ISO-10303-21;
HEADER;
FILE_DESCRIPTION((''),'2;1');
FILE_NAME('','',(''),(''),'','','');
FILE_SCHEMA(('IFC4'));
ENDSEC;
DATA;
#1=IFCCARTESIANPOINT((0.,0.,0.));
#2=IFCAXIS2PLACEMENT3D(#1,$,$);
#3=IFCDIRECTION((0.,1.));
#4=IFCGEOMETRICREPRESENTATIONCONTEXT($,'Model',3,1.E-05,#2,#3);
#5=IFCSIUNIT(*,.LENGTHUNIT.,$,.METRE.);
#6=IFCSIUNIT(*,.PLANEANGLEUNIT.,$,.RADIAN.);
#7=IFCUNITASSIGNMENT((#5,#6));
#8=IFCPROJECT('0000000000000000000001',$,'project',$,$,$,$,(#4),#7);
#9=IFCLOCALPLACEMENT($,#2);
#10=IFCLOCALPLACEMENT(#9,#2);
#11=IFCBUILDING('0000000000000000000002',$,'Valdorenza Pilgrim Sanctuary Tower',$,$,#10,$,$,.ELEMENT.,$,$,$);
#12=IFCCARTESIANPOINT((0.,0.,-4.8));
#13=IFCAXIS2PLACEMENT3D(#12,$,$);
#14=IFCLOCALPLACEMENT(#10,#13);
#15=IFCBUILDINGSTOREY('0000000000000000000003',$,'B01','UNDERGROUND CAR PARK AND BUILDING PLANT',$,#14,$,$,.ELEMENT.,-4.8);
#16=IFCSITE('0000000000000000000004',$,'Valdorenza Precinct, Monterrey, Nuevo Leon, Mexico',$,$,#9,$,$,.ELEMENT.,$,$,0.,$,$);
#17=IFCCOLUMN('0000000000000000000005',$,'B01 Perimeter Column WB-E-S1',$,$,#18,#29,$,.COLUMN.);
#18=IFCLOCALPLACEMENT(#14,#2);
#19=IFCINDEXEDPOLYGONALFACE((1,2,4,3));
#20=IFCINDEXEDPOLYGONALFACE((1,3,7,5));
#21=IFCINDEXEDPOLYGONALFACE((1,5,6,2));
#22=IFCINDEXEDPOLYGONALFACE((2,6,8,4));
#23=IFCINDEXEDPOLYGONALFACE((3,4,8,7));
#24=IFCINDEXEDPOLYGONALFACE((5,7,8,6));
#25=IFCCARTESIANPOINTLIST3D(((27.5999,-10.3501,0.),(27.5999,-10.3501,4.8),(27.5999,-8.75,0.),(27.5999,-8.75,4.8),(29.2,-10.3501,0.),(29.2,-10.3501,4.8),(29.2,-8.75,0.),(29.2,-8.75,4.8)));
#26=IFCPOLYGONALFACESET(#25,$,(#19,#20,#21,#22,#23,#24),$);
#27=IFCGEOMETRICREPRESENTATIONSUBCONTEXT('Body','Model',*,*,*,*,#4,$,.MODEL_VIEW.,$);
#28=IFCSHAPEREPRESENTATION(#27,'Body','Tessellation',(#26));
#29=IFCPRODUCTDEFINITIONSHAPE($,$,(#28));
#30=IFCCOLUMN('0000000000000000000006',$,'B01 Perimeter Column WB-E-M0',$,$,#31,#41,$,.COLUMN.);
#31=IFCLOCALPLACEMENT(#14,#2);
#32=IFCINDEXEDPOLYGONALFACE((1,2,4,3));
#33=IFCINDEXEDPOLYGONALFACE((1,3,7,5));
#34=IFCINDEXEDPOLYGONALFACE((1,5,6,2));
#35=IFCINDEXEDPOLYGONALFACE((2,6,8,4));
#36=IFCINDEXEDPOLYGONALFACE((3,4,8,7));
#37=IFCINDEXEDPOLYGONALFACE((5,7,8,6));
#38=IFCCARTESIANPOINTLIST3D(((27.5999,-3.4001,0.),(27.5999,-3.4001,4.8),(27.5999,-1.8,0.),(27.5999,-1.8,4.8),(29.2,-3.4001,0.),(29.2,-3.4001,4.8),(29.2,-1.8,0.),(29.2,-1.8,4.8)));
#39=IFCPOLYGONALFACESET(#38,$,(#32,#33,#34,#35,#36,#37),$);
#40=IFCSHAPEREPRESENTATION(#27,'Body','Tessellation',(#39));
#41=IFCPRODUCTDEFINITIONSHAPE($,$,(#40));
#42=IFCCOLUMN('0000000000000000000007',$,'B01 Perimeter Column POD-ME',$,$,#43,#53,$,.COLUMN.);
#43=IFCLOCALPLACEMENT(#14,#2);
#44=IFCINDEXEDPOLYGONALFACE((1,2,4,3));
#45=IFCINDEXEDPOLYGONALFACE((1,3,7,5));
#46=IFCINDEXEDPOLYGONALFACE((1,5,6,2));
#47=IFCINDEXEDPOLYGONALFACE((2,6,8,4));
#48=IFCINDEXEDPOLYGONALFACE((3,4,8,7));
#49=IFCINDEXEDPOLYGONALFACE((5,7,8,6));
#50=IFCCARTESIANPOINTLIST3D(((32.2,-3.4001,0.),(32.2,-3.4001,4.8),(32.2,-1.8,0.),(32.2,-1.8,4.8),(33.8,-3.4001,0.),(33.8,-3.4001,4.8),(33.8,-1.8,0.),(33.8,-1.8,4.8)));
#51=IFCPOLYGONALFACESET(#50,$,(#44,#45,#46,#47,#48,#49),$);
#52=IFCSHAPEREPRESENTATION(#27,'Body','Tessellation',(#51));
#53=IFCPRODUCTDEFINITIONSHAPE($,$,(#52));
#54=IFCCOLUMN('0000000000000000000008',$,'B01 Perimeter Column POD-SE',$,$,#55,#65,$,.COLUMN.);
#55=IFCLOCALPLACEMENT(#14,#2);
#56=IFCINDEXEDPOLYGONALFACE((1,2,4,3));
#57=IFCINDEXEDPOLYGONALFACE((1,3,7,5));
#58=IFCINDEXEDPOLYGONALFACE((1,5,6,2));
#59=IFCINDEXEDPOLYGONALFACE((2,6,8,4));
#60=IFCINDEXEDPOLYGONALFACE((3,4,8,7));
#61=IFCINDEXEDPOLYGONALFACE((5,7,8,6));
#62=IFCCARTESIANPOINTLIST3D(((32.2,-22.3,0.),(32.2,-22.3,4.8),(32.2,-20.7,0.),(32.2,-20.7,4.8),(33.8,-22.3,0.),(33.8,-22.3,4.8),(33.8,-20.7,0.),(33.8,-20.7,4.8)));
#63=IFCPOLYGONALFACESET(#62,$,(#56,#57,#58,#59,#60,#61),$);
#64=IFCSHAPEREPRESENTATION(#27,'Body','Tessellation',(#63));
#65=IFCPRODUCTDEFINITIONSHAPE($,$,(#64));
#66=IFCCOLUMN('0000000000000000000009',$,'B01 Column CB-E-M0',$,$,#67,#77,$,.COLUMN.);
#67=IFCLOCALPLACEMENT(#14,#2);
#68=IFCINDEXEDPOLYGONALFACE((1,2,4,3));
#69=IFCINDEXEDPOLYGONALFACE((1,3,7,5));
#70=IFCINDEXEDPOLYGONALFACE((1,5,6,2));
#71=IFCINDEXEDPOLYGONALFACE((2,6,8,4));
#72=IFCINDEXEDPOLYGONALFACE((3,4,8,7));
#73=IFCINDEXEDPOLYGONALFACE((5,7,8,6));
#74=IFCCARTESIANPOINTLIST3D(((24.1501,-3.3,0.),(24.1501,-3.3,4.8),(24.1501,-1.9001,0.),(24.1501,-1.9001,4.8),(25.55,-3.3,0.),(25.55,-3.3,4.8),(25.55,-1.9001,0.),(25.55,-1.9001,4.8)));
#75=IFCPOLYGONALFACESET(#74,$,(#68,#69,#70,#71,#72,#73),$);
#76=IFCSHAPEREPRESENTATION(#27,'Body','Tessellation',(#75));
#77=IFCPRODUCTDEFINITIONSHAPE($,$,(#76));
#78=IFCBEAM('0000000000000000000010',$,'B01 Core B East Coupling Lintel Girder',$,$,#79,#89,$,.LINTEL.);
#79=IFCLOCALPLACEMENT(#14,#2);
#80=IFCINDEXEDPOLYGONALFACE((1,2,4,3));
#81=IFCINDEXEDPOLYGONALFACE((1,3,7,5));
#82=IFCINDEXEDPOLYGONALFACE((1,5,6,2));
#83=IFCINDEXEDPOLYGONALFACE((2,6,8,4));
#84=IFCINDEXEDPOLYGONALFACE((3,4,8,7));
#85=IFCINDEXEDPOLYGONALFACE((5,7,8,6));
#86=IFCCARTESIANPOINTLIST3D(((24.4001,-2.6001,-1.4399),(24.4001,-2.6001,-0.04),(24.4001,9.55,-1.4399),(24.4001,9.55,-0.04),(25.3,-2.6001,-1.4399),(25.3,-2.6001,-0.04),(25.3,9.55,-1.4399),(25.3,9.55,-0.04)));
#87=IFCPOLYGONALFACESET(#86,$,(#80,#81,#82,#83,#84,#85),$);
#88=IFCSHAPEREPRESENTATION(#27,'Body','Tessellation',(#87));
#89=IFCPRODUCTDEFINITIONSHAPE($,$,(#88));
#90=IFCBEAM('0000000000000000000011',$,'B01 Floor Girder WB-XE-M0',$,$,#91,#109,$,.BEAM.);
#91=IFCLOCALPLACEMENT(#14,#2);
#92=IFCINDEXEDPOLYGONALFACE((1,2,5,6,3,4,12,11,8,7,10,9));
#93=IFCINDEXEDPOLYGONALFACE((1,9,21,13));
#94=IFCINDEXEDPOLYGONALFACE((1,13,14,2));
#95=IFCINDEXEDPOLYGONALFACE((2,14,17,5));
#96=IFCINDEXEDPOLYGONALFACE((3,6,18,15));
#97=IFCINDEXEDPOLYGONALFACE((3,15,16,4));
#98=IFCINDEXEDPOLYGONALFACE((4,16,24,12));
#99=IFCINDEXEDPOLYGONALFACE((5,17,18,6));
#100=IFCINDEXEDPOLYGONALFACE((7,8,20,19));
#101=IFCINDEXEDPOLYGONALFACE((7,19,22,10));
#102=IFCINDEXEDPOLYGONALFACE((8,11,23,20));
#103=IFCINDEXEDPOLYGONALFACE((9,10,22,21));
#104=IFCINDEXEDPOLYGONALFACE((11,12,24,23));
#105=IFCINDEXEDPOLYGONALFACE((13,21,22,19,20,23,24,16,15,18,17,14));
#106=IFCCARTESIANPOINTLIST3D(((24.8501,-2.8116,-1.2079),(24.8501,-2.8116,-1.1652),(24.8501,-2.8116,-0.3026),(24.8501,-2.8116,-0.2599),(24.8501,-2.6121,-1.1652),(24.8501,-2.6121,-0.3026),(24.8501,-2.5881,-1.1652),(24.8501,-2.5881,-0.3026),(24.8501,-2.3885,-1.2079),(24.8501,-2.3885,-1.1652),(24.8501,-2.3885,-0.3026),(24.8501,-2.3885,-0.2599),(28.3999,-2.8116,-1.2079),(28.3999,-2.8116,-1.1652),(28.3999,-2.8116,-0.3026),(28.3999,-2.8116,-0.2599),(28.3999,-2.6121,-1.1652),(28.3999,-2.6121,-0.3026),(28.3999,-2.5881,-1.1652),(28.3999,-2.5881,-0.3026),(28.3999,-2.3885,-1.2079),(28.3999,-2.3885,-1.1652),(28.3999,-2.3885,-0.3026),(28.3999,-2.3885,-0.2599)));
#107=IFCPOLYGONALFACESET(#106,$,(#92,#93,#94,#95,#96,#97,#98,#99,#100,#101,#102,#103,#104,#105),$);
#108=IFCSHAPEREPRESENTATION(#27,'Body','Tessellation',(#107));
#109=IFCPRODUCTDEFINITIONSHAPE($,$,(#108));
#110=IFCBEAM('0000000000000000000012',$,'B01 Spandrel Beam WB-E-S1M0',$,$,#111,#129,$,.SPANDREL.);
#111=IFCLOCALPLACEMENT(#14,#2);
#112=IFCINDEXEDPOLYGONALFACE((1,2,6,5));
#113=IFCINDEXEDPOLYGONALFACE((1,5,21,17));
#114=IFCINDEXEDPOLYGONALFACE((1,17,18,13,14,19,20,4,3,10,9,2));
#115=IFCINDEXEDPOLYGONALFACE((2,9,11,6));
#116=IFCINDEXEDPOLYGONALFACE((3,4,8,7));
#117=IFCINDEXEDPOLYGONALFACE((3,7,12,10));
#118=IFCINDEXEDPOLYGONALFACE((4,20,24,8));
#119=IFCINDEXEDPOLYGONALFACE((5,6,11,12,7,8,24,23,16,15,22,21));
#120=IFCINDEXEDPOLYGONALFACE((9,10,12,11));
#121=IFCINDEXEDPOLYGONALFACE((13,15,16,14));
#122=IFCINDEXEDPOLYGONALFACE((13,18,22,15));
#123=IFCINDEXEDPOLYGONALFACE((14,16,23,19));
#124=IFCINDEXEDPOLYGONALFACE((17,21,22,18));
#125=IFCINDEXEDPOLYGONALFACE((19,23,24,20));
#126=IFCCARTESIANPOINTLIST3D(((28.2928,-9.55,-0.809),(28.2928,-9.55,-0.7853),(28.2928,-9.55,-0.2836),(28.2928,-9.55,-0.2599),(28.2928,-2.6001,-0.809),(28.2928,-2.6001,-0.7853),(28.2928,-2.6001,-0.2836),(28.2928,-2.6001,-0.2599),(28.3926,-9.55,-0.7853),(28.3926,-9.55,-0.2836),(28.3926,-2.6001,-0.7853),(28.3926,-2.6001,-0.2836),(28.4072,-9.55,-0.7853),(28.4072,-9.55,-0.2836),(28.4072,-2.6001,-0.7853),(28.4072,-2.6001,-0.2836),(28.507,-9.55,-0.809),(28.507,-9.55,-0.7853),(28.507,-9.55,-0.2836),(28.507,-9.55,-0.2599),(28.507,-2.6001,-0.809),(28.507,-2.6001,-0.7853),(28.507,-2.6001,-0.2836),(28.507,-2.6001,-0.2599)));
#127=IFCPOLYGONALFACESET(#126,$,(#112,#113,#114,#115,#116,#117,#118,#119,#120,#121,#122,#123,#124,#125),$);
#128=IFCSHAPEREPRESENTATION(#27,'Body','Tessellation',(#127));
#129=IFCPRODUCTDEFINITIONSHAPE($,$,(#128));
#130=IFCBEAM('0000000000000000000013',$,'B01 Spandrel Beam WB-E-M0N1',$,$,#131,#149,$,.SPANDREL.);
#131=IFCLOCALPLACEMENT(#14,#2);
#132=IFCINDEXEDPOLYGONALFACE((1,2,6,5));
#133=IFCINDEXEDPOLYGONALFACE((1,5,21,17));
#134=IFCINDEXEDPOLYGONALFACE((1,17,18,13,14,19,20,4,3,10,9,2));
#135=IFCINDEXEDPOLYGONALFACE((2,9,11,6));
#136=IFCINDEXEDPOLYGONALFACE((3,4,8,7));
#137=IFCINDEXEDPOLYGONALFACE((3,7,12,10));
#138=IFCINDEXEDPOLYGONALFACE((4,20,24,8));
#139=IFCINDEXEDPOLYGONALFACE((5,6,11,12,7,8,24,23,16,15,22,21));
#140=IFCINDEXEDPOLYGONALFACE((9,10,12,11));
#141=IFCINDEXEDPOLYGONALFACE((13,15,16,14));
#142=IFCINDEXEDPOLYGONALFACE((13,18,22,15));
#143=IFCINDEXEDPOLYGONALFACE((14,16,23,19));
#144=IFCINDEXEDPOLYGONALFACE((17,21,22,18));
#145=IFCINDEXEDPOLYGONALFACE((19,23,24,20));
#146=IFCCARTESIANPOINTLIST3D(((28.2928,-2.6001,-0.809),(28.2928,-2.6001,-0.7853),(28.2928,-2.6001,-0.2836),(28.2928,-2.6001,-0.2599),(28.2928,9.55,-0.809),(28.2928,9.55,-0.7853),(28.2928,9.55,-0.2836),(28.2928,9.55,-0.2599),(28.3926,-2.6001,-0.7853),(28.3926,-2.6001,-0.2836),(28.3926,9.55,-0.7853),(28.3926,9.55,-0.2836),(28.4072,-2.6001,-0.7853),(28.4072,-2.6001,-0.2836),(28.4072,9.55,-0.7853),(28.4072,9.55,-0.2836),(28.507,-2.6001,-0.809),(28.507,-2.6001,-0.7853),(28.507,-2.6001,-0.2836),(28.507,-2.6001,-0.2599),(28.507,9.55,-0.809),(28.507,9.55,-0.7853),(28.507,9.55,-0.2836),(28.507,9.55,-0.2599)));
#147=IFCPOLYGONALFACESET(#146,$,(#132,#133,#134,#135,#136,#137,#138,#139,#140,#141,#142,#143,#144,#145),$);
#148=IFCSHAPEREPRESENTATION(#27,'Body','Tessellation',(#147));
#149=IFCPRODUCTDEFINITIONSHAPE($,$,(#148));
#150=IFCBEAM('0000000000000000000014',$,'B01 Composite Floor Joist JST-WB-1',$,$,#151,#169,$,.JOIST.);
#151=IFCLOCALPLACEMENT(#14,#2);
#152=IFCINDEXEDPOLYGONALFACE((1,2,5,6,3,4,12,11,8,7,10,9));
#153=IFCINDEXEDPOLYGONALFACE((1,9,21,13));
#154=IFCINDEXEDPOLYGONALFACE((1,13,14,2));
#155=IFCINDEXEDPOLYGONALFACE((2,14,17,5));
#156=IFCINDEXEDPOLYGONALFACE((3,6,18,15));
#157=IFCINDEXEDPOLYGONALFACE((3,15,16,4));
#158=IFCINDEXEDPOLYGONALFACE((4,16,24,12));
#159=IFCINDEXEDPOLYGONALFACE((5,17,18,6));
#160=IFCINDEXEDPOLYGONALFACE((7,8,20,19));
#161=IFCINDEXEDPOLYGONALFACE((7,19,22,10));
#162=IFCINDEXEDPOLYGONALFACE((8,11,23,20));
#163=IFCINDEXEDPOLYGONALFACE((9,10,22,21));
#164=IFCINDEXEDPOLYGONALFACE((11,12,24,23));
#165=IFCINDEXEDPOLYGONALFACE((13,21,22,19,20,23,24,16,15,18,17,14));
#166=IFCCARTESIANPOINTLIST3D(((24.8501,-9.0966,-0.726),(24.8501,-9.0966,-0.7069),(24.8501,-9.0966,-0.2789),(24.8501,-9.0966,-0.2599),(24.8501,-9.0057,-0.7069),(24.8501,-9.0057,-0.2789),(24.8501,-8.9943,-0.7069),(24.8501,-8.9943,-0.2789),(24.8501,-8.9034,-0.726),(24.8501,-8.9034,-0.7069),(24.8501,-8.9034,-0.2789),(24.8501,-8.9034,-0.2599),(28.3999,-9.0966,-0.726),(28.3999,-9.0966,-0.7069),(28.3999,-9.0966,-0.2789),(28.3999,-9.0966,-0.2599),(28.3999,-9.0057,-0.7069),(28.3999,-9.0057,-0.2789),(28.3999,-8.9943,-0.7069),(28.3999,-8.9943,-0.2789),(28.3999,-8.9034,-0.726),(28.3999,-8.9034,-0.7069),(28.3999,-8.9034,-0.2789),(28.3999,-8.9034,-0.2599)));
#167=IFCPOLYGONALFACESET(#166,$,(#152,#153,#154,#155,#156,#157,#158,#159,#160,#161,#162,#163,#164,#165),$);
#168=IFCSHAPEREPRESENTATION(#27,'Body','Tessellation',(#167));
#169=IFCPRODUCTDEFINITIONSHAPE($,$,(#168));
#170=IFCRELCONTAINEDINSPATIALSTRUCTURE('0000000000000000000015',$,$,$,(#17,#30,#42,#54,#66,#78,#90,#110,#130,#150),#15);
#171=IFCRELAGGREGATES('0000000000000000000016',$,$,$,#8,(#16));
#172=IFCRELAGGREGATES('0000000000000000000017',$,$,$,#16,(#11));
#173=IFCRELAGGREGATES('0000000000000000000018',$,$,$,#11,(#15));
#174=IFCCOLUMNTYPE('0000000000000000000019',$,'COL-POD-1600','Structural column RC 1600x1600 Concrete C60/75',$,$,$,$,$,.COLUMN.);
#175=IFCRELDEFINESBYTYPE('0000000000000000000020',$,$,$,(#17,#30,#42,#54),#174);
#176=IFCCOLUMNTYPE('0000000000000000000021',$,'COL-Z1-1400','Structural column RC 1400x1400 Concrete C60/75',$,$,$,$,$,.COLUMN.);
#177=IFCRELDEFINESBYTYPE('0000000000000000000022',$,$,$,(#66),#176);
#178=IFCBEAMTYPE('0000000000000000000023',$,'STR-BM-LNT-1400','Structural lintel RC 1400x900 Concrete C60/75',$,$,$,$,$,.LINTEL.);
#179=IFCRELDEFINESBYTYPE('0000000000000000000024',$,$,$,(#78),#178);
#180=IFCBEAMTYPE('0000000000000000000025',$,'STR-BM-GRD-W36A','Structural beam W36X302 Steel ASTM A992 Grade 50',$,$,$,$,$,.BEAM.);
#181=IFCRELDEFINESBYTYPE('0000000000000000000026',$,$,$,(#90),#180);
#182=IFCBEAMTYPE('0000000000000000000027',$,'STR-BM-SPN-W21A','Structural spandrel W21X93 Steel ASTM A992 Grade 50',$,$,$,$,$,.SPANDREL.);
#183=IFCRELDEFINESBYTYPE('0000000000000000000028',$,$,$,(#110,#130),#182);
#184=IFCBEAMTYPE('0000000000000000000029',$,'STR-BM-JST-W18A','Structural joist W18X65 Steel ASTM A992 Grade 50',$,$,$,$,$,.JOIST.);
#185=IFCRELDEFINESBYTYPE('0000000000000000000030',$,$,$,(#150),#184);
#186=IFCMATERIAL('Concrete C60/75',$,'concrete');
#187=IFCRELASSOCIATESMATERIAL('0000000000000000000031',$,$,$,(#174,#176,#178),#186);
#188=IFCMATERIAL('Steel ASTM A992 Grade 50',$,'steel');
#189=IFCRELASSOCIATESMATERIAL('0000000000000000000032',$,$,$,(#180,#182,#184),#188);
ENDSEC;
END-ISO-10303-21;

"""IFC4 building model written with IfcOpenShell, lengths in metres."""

from ifc_helpers import new_model, si_unit, direction, frame, origin, origin_2d, place, context, subcontext, project, spatial, rectangle, i_section, extrude, source, transform, mapped, material, material_profile, profile_set, type_object, element, save


model = new_model("IFC4")

# Units and contexts
model_context = context("Model", 3, precision=1e-05, world=origin(), true_north=direction((0.0, 1.0)))
body_context = subcontext(model_context, "Body", "Model", "MODEL_VIEW")
ifc_project = project(units=[si_unit("LENGTHUNIT", "METRE"), si_unit("PLANEANGLEUNIT", "RADIAN")], contexts=[model_context])

# Site, building, storey
site_placement = place(None, origin())
site = spatial("IfcSite", under=ifc_project, at=site_placement, Name="Valdorenza Precinct, Monterrey, Nuevo Leon, Mexico", CompositionType="ELEMENT", RefElevation=0.0)
building_placement = place(site_placement, origin())
building = spatial("IfcBuilding", under=site, at=building_placement, Name="Valdorenza Pilgrim Sanctuary Tower", CompositionType="ELEMENT")
storey_placement = place(building_placement, frame((0.0, 0.0, -4.8)))
storey = spatial("IfcBuildingStorey", under=building, at=storey_placement, Name="B01", Description="UNDERGROUND CAR PARK AND BUILDING PLANT", CompositionType="ELEMENT", Elevation=-4.8)

# Columns
ifc_material_1 = material(Name="Concrete C60/75", Category="concrete")
ifc_material_profile_1 = material_profile(ifc_material_1, rectangle(XDim=1.6001, YDim=1.6001, at=origin_2d()), Name="RC 1600x1600")
ifc_profile_set_1 = profile_set([ifc_material_profile_1], Name="Concrete C60/75")
column_type_1 = type_object("IfcColumnType", Name="COL-POD-1600", Description="Structural column RC 1600x1600 Concrete C60/75", PredefinedType="COLUMN", material=ifc_profile_set_1)
shared_shape_1 = source(origin(), body_context, "Body", "SweptSolid", [
    extrude(rectangle(XDim=1.6001, YDim=1.6001, at=origin_2d()), origin(), (0.0, 0.0, 1.0), 4.8),
])
for number, where, z_axis, x_axis, name in (
    (1, (28.3999, -9.55, 0.0), (0.0, 0.0, 1.0), (1.0, 0.0, 0.0), "B01 Perimeter Column WB-E-S1"),
    (2, (28.3999, -2.6001, 0.0), (0.0, 0.0, 1.0), (1.0, 0.0, 0.0), "B01 Perimeter Column WB-E-M0"),
    (3, (33.0, -2.6001, 0.0), (0.0, 0.0, 1.0), (1.0, 0.0, 0.0), "B01 Perimeter Column POD-ME"),
    (4, (33.0, -21.5, 0.0), (0.0, 0.0, 1.0), (1.0, 0.0, 0.0), "B01 Perimeter Column POD-SE"),
):
    element("IfcColumn", number, at=place(storey_placement, frame(where, z_axis=z_axis, x_axis=x_axis)), inside=storey, type_object=column_type_1, Name=name, PredefinedType="COLUMN", context=body_context, shape_type="MappedRepresentation", body=[
        mapped(shared_shape_1, transform((0.0, 0.0, 0.0), x_axis=(1.0, 0.0, 0.0), y_axis=(0.0, 1.0, 0.0), z_axis=(0.0, 0.0, 1.0), scale=1.0)),
    ])
ifc_material_profile_2 = material_profile(ifc_material_1, rectangle(XDim=1.3999, YDim=1.3999, at=origin_2d()), Name="RC 1400x1400")
ifc_profile_set_2 = profile_set([ifc_material_profile_2], Name="Concrete C60/75")
column_type_2 = type_object("IfcColumnType", Name="COL-Z1-1400", Description="Structural column RC 1400x1400 Concrete C60/75", PredefinedType="COLUMN", material=ifc_profile_set_2)
shared_shape_2 = source(origin(), body_context, "Body", "SweptSolid", [
    extrude(rectangle(XDim=1.3999, YDim=1.3999, at=origin_2d()), origin(), (0.0, 0.0, 1.0), 4.8),
])
column_placement = place(storey_placement, frame((24.8501, -2.6001, 0.0), z_axis=(0.0, 0.0, 1.0), x_axis=(1.0, 0.0, 0.0)))
element("IfcColumn", 5, at=column_placement, inside=storey, type_object=column_type_2, Name="B01 Column CB-E-M0", PredefinedType="COLUMN", context=body_context, shape_type="MappedRepresentation", body=[
    mapped(shared_shape_2, transform((0.0, 0.0, 0.0), x_axis=(1.0, 0.0, 0.0), y_axis=(0.0, 1.0, 0.0), z_axis=(0.0, 0.0, 1.0), scale=1.0)),
])

# Beams
ifc_material_profile_3 = material_profile(ifc_material_1, rectangle(XDim=0.8999, YDim=1.3999, at=origin_2d()), Name="RC 1400x900")
ifc_profile_set_3 = profile_set([ifc_material_profile_3], Name="Concrete C60/75")
beam_type_1 = type_object("IfcBeamType", Name="STR-BM-LNT-1400", Description="Structural lintel RC 1400x900 Concrete C60/75", PredefinedType="LINTEL", material=ifc_profile_set_3)
shared_shape_3 = source(origin(), body_context, "Body", "SweptSolid", [
    extrude(rectangle(XDim=0.8999, YDim=1.3999, at=origin_2d()), origin(), (0.0, 0.0, 1.0), 12.1501),
])
beam_1_placement = place(storey_placement, frame((24.8501, -2.6001, -0.74), z_axis=(0.0, 1.0, 0.0), x_axis=(-1.0, 0.0, 0.0)))
element("IfcBeam", 6, at=beam_1_placement, inside=storey, type_object=beam_type_1, Name="B01 Core B East Coupling Lintel Girder", PredefinedType="LINTEL", context=body_context, shape_type="MappedRepresentation", body=[
    mapped(shared_shape_3, transform((0.0, 0.0, 0.0), x_axis=(1.0, 0.0, 0.0), y_axis=(0.0, 1.0, 0.0), z_axis=(0.0, 0.0, 1.0), scale=1.0)),
])
ifc_material_2 = material(Name="Steel ASTM A992 Grade 50", Category="steel")
ifc_material_profile_4 = material_profile(ifc_material_2, i_section(OverallWidth=0.4231, OverallDepth=0.948, WebThickness=0.0239, FlangeThickness=0.0427, at=origin_2d()), Name="W36X302")
ifc_profile_set_4 = profile_set([ifc_material_profile_4], Name="Steel ASTM A992 Grade 50")
beam_type_2 = type_object("IfcBeamType", Name="STR-BM-GRD-W36A", Description="Structural beam W36X302 Steel ASTM A992 Grade 50", PredefinedType="BEAM", material=ifc_profile_set_4)
shared_shape_4 = source(origin(), body_context, "Body", "SweptSolid", [
    extrude(i_section(OverallWidth=0.4231, OverallDepth=0.948, WebThickness=0.0239, FlangeThickness=0.0427, at=origin_2d()), origin(), (0.0, 0.0, 1.0), 3.5498),
])
beam_2_placement = place(storey_placement, frame((24.8501, -2.6001, -0.7339), z_axis=(1.0, 0.0, 0.0), x_axis=(0.0, 1.0, 0.0)))
element("IfcBeam", 7, at=beam_2_placement, inside=storey, type_object=beam_type_2, Name="B01 Floor Girder WB-XE-M0", PredefinedType="BEAM", context=body_context, shape_type="MappedRepresentation", body=[
    mapped(shared_shape_4, transform((0.0, 0.0, 0.0), x_axis=(1.0, 0.0, 0.0), y_axis=(0.0, 1.0, 0.0), z_axis=(0.0, 0.0, 1.0), scale=1.0)),
])
ifc_material_profile_5 = material_profile(ifc_material_2, i_section(OverallWidth=0.2141, OverallDepth=0.5491, WebThickness=0.0146, FlangeThickness=0.0237, at=origin_2d()), Name="W21X93")
ifc_profile_set_5 = profile_set([ifc_material_profile_5], Name="Steel ASTM A992 Grade 50")
beam_type_3 = type_object("IfcBeamType", Name="STR-BM-SPN-W21A", Description="Structural spandrel W21X93 Steel ASTM A992 Grade 50", PredefinedType="SPANDREL", material=ifc_profile_set_5)
shared_shape_5 = source(origin(), body_context, "Body", "SweptSolid", [
    extrude(i_section(OverallWidth=0.2141, OverallDepth=0.5491, WebThickness=0.0146, FlangeThickness=0.0237, at=origin_2d()), origin(), (0.0, 0.0, 1.0), 6.95),
])
beam_3_placement = place(storey_placement, frame((28.3999, -9.55, -0.5344), z_axis=(0.0, 1.0, 0.0), x_axis=(-1.0, 0.0, 0.0)))
element("IfcBeam", 8, at=beam_3_placement, inside=storey, type_object=beam_type_3, Name="B01 Spandrel Beam WB-E-S1M0", PredefinedType="SPANDREL", context=body_context, shape_type="MappedRepresentation", body=[
    mapped(shared_shape_5, transform((0.0, 0.0, 0.0), x_axis=(1.0, 0.0, 0.0), y_axis=(0.0, 1.0, 0.0), z_axis=(0.0, 0.0, 1.0), scale=1.0)),
])
shared_shape_6 = source(origin(), body_context, "Body", "SweptSolid", [
    extrude(i_section(OverallWidth=0.2141, OverallDepth=0.5491, WebThickness=0.0146, FlangeThickness=0.0237, at=origin_2d()), origin(), (0.0, 0.0, 1.0), 12.1501),
])
beam_4_placement = place(storey_placement, frame((28.3999, -2.6001, -0.5344), z_axis=(0.0, 1.0, 0.0), x_axis=(-1.0, 0.0, 0.0)))
element("IfcBeam", 9, at=beam_4_placement, inside=storey, type_object=beam_type_3, Name="B01 Spandrel Beam WB-E-M0N1", PredefinedType="SPANDREL", context=body_context, shape_type="MappedRepresentation", body=[
    mapped(shared_shape_6, transform((0.0, 0.0, 0.0), x_axis=(1.0, 0.0, 0.0), y_axis=(0.0, 1.0, 0.0), z_axis=(0.0, 0.0, 1.0), scale=1.0)),
])
ifc_material_profile_6 = material_profile(ifc_material_2, i_section(OverallWidth=0.1931, OverallDepth=0.4661, WebThickness=0.0115, FlangeThickness=0.019, at=origin_2d()), Name="W18X65")
ifc_profile_set_6 = profile_set([ifc_material_profile_6], Name="Steel ASTM A992 Grade 50")
beam_type_4 = type_object("IfcBeamType", Name="STR-BM-JST-W18A", Description="Structural joist W18X65 Steel ASTM A992 Grade 50", PredefinedType="JOIST", material=ifc_profile_set_6)
shared_shape_7 = source(origin(), body_context, "Body", "SweptSolid", [
    extrude(i_section(OverallWidth=0.1931, OverallDepth=0.4661, WebThickness=0.0115, FlangeThickness=0.019, at=origin_2d()), origin(), (0.0, 0.0, 1.0), 3.5498),
])
for number, where, z_axis, x_axis, name in (
    (10, (24.8501, -9.0, -0.4929), (1.0, 0.0, 0.0), (0.0, 1.0, 0.0), "B01 Composite Floor Joist JST-WB-1"),
):
    element("IfcBeam", number, at=place(storey_placement, frame(where, z_axis=z_axis, x_axis=x_axis)), inside=storey, type_object=beam_type_4, Name=name, PredefinedType="JOIST", context=body_context, shape_type="MappedRepresentation", body=[
        mapped(shared_shape_7, transform((0.0, 0.0, 0.0), x_axis=(1.0, 0.0, 0.0), y_axis=(0.0, 1.0, 0.0), z_axis=(0.0, 0.0, 1.0), scale=1.0)),
    ])

save(model, "model.ifc")
